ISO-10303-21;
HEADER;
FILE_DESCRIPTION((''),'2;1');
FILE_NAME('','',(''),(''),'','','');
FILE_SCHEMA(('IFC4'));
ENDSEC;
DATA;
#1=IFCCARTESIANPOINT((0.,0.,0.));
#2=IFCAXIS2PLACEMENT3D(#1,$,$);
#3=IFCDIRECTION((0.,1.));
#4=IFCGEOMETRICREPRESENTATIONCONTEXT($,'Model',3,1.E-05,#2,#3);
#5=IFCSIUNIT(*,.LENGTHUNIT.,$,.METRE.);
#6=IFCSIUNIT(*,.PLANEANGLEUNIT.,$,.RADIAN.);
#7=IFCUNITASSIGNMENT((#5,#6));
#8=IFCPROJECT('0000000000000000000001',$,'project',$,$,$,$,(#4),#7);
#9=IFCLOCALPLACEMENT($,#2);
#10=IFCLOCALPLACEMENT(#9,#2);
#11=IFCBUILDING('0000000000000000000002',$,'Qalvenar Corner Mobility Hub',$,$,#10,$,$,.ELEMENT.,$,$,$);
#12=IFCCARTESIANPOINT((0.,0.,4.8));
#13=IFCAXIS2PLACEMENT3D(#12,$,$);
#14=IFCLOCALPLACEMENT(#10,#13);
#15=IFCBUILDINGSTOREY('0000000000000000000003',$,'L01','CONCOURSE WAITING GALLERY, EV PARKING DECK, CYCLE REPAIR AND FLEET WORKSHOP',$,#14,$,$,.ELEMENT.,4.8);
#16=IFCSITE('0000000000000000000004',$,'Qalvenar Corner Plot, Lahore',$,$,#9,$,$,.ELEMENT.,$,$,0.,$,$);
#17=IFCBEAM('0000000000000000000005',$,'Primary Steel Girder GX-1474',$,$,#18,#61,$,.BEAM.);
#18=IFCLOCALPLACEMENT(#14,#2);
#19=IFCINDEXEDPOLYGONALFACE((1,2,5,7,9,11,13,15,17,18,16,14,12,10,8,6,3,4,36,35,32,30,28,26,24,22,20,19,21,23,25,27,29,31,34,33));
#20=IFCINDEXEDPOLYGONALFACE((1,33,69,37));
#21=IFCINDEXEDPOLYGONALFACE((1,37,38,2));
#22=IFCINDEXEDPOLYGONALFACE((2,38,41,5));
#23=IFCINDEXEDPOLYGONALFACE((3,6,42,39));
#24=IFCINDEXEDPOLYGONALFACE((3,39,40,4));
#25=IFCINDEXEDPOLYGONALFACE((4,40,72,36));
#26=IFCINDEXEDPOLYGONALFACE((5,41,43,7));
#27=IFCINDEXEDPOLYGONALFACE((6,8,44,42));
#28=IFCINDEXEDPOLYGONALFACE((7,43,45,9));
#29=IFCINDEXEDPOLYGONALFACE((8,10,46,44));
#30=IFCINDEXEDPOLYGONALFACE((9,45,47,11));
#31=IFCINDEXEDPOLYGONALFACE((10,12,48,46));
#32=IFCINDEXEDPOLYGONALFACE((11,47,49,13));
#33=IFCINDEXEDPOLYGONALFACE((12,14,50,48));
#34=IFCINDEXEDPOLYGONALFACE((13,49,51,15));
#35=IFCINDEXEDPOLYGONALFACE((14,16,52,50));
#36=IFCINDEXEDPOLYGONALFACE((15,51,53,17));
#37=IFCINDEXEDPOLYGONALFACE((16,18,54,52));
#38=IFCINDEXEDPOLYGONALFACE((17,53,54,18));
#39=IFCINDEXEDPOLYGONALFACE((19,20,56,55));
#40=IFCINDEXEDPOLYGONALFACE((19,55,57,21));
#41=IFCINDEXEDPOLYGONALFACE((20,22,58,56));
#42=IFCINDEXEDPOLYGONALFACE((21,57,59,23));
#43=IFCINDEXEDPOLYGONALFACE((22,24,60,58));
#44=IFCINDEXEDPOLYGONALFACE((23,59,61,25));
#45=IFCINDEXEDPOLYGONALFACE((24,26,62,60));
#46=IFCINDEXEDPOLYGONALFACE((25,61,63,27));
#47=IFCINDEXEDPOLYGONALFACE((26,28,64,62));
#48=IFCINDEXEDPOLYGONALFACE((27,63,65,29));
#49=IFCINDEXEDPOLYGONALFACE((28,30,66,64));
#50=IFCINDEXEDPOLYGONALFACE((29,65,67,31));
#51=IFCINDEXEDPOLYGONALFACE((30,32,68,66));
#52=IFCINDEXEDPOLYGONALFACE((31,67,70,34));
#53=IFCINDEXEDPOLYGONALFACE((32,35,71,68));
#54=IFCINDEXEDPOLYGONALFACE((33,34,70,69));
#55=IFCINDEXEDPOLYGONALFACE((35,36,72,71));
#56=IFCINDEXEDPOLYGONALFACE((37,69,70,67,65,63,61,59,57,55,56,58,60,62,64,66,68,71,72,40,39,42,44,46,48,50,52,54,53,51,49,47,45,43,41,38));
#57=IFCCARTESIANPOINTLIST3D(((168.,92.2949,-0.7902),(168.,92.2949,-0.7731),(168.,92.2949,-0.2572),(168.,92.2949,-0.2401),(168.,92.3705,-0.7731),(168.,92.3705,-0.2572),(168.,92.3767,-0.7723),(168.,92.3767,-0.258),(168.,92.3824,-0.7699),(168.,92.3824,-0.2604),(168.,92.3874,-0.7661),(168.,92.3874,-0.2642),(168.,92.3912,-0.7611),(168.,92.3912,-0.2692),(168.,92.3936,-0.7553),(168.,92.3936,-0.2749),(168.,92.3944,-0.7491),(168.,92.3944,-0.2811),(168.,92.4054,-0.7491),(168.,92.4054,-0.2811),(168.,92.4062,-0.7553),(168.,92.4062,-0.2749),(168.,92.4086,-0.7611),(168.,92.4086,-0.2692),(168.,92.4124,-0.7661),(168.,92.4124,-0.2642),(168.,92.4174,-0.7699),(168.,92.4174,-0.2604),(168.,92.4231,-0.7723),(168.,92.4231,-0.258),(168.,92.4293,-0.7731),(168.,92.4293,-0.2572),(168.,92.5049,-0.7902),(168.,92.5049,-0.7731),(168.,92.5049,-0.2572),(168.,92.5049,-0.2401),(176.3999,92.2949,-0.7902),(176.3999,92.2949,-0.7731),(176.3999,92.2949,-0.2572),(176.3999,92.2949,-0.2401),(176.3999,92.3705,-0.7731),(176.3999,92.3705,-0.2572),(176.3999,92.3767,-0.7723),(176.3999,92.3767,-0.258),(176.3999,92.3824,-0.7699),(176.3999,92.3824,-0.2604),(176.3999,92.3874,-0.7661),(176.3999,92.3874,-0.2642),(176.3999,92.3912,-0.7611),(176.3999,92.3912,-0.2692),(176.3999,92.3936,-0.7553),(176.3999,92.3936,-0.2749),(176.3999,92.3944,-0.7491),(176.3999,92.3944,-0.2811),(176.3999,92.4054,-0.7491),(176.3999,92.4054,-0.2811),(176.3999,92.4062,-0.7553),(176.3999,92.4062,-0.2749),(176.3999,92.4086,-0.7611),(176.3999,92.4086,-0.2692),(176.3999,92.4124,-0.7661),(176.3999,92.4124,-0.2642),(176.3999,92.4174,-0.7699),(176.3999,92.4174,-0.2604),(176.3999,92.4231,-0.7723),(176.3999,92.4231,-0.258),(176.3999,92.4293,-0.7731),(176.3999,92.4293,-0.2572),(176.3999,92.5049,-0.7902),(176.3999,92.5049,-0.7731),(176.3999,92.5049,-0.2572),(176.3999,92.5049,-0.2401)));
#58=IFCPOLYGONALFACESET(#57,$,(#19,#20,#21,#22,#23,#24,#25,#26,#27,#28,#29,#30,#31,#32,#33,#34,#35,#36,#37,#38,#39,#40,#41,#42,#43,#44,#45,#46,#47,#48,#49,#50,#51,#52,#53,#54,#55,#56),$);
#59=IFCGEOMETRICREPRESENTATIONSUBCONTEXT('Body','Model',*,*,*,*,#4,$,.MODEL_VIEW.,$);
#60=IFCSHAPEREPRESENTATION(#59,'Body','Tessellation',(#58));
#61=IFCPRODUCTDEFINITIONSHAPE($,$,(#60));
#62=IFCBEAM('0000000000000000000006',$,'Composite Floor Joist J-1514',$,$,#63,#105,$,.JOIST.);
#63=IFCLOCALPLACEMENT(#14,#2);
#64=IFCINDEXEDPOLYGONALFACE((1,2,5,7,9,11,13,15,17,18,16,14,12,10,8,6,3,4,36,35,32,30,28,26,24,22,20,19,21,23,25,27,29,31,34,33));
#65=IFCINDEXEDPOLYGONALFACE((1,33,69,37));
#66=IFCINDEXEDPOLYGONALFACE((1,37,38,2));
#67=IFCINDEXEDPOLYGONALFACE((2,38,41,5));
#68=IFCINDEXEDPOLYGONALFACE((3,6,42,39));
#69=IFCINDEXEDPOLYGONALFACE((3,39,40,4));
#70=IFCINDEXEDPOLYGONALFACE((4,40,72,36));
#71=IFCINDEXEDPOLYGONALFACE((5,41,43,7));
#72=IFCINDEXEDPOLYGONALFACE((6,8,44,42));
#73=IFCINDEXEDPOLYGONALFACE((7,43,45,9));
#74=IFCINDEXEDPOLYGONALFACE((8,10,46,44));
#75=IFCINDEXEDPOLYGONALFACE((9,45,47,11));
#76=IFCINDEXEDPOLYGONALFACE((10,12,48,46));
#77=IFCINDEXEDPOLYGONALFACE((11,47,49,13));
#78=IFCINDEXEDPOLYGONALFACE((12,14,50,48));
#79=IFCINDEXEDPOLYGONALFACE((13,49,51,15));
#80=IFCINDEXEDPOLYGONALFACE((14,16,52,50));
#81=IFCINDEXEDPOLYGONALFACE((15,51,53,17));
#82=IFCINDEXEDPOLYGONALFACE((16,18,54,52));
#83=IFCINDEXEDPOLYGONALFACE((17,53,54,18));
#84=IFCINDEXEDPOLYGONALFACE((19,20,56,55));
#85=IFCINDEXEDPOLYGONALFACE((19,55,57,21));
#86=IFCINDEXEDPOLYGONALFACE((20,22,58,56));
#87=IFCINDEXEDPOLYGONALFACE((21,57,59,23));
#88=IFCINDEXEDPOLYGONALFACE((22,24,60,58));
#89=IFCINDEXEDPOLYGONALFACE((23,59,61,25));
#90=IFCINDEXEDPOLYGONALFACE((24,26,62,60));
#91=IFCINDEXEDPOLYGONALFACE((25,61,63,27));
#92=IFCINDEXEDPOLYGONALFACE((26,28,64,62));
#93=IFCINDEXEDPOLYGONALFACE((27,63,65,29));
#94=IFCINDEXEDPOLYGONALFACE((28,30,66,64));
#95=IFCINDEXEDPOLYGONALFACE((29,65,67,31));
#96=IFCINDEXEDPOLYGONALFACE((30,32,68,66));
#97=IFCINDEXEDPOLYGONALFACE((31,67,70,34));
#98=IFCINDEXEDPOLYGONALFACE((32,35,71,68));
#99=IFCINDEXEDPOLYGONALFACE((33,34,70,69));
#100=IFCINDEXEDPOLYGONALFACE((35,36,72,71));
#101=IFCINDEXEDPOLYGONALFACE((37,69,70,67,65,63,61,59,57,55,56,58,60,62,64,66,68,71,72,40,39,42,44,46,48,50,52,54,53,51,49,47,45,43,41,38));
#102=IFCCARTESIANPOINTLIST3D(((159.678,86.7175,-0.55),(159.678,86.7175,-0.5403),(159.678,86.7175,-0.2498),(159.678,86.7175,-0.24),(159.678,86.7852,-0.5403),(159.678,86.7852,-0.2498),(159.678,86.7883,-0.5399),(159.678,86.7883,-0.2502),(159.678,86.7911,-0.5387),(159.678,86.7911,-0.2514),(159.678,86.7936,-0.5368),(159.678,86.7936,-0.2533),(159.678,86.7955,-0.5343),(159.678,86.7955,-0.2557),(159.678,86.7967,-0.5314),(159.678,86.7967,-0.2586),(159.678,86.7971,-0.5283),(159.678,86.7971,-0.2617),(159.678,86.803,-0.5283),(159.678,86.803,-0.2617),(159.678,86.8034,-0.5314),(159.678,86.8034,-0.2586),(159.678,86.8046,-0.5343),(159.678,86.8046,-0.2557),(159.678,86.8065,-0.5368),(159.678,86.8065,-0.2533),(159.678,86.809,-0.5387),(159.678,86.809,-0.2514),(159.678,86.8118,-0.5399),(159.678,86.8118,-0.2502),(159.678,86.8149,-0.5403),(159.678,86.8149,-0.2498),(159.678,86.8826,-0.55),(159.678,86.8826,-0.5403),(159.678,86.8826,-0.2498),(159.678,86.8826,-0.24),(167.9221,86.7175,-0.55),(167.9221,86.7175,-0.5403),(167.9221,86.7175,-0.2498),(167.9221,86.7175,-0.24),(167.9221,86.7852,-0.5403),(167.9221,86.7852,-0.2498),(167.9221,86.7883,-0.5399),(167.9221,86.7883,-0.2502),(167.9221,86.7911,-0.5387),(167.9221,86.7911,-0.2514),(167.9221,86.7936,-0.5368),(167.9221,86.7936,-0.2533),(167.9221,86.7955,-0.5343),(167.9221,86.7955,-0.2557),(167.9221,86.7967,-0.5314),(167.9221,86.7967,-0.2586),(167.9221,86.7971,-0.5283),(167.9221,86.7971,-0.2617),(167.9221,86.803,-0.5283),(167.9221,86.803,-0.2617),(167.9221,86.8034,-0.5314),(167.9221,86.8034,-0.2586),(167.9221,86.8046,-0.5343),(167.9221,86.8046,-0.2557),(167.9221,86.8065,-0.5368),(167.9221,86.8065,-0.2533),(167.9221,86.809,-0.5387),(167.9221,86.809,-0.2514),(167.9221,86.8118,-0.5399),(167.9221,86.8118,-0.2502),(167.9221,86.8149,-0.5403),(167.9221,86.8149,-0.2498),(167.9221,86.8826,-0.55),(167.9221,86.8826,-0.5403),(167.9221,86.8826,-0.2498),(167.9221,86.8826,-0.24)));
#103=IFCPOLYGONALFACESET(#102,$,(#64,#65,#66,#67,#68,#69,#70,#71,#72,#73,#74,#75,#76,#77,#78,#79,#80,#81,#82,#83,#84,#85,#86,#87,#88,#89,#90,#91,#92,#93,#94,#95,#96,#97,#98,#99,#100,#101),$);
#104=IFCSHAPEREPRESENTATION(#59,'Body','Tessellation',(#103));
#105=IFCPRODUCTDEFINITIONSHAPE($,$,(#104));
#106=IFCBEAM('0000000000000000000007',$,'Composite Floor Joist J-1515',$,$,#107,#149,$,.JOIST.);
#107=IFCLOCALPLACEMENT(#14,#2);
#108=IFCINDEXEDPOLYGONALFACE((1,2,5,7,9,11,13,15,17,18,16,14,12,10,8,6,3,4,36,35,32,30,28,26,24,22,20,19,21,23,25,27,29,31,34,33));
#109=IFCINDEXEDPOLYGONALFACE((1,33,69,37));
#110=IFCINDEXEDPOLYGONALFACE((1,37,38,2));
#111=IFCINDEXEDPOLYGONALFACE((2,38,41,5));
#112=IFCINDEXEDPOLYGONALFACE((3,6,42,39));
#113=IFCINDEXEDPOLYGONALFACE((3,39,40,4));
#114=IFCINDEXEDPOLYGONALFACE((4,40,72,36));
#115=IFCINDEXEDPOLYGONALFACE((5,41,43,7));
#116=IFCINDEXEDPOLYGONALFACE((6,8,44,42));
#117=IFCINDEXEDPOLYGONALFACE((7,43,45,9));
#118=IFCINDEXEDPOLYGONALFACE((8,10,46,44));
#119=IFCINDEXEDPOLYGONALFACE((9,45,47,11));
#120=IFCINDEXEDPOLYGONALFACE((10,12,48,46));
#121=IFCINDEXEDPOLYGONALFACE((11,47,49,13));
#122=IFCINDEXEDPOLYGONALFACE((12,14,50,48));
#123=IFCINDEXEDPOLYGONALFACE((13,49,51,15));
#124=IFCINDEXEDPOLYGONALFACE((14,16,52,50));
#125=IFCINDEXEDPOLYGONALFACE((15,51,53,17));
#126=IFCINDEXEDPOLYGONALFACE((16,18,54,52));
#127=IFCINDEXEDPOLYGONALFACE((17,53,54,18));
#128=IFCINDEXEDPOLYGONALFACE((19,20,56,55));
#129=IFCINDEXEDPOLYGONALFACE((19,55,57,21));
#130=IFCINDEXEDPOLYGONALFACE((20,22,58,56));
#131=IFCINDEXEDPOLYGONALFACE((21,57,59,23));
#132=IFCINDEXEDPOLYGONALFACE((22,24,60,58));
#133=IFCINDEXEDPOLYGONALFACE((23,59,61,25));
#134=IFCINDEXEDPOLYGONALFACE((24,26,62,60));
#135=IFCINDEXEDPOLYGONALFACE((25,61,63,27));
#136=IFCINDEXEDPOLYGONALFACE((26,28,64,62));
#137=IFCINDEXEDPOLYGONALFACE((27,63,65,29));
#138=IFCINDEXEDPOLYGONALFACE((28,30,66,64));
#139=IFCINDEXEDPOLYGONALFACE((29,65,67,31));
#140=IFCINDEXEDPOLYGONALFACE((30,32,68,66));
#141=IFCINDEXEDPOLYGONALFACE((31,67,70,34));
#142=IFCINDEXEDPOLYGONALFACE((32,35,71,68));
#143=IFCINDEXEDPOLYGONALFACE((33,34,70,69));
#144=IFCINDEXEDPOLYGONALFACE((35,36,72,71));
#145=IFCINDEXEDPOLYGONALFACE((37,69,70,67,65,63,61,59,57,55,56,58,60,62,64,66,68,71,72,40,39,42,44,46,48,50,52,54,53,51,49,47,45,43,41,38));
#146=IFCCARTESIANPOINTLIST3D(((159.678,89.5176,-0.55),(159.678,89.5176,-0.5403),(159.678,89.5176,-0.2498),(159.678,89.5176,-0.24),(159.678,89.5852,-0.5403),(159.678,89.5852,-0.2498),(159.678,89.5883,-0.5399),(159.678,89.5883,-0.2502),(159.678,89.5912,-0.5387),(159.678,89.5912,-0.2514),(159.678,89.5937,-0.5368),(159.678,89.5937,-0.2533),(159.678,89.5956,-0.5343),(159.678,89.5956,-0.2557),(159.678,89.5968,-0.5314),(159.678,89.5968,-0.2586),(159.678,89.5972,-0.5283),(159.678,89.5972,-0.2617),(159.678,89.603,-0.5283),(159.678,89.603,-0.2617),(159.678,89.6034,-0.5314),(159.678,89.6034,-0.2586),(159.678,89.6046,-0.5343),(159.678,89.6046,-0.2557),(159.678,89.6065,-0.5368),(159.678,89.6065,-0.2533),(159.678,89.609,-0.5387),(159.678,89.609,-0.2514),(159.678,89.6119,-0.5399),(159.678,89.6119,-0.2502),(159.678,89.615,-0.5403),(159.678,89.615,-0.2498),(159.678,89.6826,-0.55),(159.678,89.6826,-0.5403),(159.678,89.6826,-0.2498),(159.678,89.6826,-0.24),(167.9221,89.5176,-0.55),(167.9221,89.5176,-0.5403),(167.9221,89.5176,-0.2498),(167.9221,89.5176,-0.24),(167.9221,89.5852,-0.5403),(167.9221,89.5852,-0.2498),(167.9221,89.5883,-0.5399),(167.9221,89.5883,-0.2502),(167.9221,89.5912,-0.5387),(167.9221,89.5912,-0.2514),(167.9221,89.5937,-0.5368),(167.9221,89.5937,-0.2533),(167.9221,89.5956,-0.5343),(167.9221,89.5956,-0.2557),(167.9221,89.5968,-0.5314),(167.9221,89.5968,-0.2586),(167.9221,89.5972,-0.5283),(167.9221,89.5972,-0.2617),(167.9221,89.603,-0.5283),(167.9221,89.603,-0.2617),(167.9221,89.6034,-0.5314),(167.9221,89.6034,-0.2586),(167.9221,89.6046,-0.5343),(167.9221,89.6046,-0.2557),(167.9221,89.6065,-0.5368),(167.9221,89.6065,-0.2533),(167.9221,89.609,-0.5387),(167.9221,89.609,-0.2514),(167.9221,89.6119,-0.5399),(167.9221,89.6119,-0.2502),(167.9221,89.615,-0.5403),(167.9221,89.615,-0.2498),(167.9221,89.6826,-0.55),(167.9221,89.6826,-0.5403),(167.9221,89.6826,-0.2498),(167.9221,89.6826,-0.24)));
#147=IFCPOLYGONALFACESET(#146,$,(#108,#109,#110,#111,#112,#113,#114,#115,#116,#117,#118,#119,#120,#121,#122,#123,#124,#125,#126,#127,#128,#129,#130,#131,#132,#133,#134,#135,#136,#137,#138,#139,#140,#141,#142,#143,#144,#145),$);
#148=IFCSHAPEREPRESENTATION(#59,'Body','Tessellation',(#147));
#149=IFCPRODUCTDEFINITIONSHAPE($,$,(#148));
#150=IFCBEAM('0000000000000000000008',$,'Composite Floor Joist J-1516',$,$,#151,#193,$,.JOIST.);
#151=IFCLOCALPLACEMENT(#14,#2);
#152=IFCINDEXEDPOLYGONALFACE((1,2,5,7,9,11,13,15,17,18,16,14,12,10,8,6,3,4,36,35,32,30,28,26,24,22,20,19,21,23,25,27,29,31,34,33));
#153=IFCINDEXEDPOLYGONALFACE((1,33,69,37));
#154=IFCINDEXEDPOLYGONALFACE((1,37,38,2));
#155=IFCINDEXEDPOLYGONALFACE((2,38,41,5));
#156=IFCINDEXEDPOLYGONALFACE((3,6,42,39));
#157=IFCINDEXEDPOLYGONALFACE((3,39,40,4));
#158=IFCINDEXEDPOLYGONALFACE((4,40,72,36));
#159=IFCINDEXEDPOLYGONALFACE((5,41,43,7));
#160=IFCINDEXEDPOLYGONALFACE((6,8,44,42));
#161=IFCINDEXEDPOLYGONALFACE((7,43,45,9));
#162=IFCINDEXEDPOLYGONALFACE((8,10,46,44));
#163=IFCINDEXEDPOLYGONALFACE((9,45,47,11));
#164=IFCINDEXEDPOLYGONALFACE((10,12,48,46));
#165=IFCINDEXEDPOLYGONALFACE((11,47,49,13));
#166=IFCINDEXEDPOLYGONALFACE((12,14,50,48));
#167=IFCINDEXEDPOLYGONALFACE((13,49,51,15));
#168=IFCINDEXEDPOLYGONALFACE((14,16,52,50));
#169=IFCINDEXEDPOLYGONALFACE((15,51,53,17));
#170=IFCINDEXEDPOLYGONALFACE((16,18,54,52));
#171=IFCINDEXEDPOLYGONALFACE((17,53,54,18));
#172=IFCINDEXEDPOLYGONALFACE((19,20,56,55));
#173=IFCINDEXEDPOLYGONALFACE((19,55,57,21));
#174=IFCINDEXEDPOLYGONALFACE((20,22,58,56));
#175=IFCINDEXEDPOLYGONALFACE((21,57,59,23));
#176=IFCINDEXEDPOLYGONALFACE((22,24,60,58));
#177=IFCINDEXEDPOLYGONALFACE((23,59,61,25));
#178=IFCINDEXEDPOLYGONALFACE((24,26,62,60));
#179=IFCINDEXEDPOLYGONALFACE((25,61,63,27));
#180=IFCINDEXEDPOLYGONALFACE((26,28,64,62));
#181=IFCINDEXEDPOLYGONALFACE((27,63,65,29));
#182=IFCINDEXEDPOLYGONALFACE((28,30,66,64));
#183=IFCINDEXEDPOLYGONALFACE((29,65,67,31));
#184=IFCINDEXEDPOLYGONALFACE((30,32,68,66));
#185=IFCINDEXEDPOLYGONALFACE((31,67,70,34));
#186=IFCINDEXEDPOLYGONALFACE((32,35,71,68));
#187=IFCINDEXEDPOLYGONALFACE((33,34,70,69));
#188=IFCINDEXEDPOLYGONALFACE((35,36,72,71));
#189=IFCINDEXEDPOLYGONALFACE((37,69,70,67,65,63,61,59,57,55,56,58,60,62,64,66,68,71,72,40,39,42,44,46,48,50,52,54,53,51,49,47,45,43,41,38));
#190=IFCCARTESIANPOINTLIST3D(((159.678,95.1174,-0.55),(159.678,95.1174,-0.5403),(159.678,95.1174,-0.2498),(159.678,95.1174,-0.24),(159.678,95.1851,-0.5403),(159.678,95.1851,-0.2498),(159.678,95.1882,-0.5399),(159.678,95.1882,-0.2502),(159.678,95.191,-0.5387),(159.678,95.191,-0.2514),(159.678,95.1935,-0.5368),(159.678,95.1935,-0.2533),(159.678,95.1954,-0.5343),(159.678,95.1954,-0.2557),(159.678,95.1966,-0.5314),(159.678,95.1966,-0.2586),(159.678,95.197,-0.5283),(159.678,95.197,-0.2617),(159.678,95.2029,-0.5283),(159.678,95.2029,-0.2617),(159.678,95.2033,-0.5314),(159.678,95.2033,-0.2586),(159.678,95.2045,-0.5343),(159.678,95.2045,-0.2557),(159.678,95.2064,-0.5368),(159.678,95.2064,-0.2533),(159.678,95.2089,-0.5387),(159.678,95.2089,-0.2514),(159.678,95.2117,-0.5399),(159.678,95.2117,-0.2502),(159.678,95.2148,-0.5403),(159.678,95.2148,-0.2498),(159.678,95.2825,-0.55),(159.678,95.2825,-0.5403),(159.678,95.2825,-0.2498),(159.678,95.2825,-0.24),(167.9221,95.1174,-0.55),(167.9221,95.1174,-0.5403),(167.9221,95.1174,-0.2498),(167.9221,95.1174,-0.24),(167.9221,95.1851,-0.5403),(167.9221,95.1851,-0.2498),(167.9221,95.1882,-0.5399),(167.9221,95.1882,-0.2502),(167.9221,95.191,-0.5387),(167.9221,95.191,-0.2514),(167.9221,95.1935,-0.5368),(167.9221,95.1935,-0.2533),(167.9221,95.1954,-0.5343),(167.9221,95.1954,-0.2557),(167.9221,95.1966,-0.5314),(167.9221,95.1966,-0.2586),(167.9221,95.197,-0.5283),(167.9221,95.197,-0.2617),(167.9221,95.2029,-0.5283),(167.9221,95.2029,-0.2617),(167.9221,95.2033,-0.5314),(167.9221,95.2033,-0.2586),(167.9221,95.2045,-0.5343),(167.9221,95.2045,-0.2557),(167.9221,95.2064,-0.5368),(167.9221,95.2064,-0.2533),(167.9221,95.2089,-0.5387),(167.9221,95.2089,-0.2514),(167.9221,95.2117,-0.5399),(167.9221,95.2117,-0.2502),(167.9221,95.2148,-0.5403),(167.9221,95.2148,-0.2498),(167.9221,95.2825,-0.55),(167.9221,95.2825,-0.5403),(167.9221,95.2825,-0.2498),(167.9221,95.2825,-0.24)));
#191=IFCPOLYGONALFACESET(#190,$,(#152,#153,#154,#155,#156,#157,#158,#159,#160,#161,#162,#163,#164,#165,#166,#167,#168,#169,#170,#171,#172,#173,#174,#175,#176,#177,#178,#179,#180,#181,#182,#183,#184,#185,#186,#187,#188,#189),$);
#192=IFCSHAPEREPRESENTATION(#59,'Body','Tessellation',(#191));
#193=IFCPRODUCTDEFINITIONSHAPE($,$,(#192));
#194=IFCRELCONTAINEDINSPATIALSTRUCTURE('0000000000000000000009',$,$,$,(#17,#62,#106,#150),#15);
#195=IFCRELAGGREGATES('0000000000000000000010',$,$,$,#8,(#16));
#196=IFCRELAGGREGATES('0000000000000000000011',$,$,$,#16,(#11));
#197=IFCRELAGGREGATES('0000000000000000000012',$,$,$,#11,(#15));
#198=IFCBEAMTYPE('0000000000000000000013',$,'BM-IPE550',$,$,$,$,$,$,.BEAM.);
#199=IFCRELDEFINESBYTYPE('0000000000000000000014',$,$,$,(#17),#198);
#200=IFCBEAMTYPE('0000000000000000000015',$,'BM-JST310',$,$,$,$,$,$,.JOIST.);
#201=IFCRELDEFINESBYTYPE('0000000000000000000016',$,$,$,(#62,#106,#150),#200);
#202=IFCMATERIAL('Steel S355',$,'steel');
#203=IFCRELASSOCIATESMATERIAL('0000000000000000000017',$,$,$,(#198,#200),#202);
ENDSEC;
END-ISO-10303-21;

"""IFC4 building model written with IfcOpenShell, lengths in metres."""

from ifc_helpers import new_model, si_unit, direction, frame, origin, origin_2d, place, context, subcontext, project, spatial, i_section, extrude, material, material_profile, profile_set, type_object, element, save


model = new_model("IFC4")

# Units and contexts
model_context = context("Model", 3, precision=1e-05, world=origin(), true_north=direction((0.0, 1.0)))
body_context = subcontext(model_context, "Body", "Model", "MODEL_VIEW")
ifc_project = project(units=[si_unit("LENGTHUNIT", "METRE"), si_unit("PLANEANGLEUNIT", "RADIAN")], contexts=[model_context])

# Site, building, storey
site_placement = place(None, origin())
site = spatial("IfcSite", under=ifc_project, at=site_placement, Name="Qalvenar Corner Plot, Lahore", CompositionType="ELEMENT", RefElevation=0.0)
building_placement = place(site_placement, origin())
building = spatial("IfcBuilding", under=site, at=building_placement, Name="Qalvenar Corner Mobility Hub", CompositionType="ELEMENT")
storey_placement = place(building_placement, frame((0.0, 0.0, 4.8)))
storey = spatial("IfcBuildingStorey", under=building, at=storey_placement, Name="L01", Description="CONCOURSE WAITING GALLERY, EV PARKING DECK, CYCLE REPAIR AND FLEET WORKSHOP", CompositionType="ELEMENT", Elevation=4.8)

# Shared definitions
ifc_material_1 = material(Name="Steel S355", Category="steel")

# Beams
ifc_material_profile_1 = material_profile(ifc_material_1, i_section(OverallWidth=0.21, OverallDepth=0.55, WebThickness=0.011, FlangeThickness=0.0171, FilletRadius=0.0239, at=origin_2d()), Name="IPE550")
ifc_profile_set_1 = profile_set([ifc_material_profile_1], Name="Steel S355")
beam_type_1 = type_object("IfcBeamType", Name="BM-IPE550", PredefinedType="BEAM", material=ifc_profile_set_1)
beam_1_placement = place(storey_placement, frame((168.0, 92.3999, -0.5151), z_axis=(1.0, 0.0, 0.0), x_axis=(0.0, 1.0, 0.0)))
element("IfcBeam", 1, at=beam_1_placement, inside=storey, type_object=beam_type_1, Name="Primary Steel Girder GX-1474", PredefinedType="BEAM", context=body_context, shape_type="SweptSolid", body=[
    extrude(i_section(OverallWidth=0.21, OverallDepth=0.55, WebThickness=0.011, FlangeThickness=0.0171, FilletRadius=0.0239, at=origin_2d()), origin(), (0.0, 0.0, 1.0), 8.3999),
])
ifc_material_profile_2 = material_profile(ifc_material_1, i_section(OverallWidth=0.165, OverallDepth=0.3101, WebThickness=0.0059, FlangeThickness=0.0098, FilletRadius=0.012, at=origin_2d()), Name="W310x38.7")
ifc_profile_set_2 = profile_set([ifc_material_profile_2], Name="Steel S355")
beam_type_2 = type_object("IfcBeamType", Name="BM-JST310", PredefinedType="JOIST", material=ifc_profile_set_2)
for number, where, z_axis, x_axis, name in (
    (2, (159.678, 86.8, -0.395), (1.0, 0.0, 0.0), (0.0, 1.0, 0.0), "Composite Floor Joist J-1514"),
    (3, (159.678, 89.6001, -0.395), (1.0, 0.0, 0.0), (0.0, 1.0, 0.0), "Composite Floor Joist J-1515"),
    (4, (159.678, 95.2, -0.395), (1.0, 0.0, 0.0), (0.0, 1.0, 0.0), "Composite Floor Joist J-1516"),
):
    element("IfcBeam", number, at=place(storey_placement, frame(where, z_axis=z_axis, x_axis=x_axis)), inside=storey, type_object=beam_type_2, Name=name, PredefinedType="JOIST", context=body_context, shape_type="SweptSolid", body=[
        extrude(i_section(OverallWidth=0.165, OverallDepth=0.3101, WebThickness=0.0059, FlangeThickness=0.0098, FilletRadius=0.012, at=origin_2d()), origin(), (0.0, 0.0, 1.0), 8.2441),
    ])

save(model, "model.ifc")
